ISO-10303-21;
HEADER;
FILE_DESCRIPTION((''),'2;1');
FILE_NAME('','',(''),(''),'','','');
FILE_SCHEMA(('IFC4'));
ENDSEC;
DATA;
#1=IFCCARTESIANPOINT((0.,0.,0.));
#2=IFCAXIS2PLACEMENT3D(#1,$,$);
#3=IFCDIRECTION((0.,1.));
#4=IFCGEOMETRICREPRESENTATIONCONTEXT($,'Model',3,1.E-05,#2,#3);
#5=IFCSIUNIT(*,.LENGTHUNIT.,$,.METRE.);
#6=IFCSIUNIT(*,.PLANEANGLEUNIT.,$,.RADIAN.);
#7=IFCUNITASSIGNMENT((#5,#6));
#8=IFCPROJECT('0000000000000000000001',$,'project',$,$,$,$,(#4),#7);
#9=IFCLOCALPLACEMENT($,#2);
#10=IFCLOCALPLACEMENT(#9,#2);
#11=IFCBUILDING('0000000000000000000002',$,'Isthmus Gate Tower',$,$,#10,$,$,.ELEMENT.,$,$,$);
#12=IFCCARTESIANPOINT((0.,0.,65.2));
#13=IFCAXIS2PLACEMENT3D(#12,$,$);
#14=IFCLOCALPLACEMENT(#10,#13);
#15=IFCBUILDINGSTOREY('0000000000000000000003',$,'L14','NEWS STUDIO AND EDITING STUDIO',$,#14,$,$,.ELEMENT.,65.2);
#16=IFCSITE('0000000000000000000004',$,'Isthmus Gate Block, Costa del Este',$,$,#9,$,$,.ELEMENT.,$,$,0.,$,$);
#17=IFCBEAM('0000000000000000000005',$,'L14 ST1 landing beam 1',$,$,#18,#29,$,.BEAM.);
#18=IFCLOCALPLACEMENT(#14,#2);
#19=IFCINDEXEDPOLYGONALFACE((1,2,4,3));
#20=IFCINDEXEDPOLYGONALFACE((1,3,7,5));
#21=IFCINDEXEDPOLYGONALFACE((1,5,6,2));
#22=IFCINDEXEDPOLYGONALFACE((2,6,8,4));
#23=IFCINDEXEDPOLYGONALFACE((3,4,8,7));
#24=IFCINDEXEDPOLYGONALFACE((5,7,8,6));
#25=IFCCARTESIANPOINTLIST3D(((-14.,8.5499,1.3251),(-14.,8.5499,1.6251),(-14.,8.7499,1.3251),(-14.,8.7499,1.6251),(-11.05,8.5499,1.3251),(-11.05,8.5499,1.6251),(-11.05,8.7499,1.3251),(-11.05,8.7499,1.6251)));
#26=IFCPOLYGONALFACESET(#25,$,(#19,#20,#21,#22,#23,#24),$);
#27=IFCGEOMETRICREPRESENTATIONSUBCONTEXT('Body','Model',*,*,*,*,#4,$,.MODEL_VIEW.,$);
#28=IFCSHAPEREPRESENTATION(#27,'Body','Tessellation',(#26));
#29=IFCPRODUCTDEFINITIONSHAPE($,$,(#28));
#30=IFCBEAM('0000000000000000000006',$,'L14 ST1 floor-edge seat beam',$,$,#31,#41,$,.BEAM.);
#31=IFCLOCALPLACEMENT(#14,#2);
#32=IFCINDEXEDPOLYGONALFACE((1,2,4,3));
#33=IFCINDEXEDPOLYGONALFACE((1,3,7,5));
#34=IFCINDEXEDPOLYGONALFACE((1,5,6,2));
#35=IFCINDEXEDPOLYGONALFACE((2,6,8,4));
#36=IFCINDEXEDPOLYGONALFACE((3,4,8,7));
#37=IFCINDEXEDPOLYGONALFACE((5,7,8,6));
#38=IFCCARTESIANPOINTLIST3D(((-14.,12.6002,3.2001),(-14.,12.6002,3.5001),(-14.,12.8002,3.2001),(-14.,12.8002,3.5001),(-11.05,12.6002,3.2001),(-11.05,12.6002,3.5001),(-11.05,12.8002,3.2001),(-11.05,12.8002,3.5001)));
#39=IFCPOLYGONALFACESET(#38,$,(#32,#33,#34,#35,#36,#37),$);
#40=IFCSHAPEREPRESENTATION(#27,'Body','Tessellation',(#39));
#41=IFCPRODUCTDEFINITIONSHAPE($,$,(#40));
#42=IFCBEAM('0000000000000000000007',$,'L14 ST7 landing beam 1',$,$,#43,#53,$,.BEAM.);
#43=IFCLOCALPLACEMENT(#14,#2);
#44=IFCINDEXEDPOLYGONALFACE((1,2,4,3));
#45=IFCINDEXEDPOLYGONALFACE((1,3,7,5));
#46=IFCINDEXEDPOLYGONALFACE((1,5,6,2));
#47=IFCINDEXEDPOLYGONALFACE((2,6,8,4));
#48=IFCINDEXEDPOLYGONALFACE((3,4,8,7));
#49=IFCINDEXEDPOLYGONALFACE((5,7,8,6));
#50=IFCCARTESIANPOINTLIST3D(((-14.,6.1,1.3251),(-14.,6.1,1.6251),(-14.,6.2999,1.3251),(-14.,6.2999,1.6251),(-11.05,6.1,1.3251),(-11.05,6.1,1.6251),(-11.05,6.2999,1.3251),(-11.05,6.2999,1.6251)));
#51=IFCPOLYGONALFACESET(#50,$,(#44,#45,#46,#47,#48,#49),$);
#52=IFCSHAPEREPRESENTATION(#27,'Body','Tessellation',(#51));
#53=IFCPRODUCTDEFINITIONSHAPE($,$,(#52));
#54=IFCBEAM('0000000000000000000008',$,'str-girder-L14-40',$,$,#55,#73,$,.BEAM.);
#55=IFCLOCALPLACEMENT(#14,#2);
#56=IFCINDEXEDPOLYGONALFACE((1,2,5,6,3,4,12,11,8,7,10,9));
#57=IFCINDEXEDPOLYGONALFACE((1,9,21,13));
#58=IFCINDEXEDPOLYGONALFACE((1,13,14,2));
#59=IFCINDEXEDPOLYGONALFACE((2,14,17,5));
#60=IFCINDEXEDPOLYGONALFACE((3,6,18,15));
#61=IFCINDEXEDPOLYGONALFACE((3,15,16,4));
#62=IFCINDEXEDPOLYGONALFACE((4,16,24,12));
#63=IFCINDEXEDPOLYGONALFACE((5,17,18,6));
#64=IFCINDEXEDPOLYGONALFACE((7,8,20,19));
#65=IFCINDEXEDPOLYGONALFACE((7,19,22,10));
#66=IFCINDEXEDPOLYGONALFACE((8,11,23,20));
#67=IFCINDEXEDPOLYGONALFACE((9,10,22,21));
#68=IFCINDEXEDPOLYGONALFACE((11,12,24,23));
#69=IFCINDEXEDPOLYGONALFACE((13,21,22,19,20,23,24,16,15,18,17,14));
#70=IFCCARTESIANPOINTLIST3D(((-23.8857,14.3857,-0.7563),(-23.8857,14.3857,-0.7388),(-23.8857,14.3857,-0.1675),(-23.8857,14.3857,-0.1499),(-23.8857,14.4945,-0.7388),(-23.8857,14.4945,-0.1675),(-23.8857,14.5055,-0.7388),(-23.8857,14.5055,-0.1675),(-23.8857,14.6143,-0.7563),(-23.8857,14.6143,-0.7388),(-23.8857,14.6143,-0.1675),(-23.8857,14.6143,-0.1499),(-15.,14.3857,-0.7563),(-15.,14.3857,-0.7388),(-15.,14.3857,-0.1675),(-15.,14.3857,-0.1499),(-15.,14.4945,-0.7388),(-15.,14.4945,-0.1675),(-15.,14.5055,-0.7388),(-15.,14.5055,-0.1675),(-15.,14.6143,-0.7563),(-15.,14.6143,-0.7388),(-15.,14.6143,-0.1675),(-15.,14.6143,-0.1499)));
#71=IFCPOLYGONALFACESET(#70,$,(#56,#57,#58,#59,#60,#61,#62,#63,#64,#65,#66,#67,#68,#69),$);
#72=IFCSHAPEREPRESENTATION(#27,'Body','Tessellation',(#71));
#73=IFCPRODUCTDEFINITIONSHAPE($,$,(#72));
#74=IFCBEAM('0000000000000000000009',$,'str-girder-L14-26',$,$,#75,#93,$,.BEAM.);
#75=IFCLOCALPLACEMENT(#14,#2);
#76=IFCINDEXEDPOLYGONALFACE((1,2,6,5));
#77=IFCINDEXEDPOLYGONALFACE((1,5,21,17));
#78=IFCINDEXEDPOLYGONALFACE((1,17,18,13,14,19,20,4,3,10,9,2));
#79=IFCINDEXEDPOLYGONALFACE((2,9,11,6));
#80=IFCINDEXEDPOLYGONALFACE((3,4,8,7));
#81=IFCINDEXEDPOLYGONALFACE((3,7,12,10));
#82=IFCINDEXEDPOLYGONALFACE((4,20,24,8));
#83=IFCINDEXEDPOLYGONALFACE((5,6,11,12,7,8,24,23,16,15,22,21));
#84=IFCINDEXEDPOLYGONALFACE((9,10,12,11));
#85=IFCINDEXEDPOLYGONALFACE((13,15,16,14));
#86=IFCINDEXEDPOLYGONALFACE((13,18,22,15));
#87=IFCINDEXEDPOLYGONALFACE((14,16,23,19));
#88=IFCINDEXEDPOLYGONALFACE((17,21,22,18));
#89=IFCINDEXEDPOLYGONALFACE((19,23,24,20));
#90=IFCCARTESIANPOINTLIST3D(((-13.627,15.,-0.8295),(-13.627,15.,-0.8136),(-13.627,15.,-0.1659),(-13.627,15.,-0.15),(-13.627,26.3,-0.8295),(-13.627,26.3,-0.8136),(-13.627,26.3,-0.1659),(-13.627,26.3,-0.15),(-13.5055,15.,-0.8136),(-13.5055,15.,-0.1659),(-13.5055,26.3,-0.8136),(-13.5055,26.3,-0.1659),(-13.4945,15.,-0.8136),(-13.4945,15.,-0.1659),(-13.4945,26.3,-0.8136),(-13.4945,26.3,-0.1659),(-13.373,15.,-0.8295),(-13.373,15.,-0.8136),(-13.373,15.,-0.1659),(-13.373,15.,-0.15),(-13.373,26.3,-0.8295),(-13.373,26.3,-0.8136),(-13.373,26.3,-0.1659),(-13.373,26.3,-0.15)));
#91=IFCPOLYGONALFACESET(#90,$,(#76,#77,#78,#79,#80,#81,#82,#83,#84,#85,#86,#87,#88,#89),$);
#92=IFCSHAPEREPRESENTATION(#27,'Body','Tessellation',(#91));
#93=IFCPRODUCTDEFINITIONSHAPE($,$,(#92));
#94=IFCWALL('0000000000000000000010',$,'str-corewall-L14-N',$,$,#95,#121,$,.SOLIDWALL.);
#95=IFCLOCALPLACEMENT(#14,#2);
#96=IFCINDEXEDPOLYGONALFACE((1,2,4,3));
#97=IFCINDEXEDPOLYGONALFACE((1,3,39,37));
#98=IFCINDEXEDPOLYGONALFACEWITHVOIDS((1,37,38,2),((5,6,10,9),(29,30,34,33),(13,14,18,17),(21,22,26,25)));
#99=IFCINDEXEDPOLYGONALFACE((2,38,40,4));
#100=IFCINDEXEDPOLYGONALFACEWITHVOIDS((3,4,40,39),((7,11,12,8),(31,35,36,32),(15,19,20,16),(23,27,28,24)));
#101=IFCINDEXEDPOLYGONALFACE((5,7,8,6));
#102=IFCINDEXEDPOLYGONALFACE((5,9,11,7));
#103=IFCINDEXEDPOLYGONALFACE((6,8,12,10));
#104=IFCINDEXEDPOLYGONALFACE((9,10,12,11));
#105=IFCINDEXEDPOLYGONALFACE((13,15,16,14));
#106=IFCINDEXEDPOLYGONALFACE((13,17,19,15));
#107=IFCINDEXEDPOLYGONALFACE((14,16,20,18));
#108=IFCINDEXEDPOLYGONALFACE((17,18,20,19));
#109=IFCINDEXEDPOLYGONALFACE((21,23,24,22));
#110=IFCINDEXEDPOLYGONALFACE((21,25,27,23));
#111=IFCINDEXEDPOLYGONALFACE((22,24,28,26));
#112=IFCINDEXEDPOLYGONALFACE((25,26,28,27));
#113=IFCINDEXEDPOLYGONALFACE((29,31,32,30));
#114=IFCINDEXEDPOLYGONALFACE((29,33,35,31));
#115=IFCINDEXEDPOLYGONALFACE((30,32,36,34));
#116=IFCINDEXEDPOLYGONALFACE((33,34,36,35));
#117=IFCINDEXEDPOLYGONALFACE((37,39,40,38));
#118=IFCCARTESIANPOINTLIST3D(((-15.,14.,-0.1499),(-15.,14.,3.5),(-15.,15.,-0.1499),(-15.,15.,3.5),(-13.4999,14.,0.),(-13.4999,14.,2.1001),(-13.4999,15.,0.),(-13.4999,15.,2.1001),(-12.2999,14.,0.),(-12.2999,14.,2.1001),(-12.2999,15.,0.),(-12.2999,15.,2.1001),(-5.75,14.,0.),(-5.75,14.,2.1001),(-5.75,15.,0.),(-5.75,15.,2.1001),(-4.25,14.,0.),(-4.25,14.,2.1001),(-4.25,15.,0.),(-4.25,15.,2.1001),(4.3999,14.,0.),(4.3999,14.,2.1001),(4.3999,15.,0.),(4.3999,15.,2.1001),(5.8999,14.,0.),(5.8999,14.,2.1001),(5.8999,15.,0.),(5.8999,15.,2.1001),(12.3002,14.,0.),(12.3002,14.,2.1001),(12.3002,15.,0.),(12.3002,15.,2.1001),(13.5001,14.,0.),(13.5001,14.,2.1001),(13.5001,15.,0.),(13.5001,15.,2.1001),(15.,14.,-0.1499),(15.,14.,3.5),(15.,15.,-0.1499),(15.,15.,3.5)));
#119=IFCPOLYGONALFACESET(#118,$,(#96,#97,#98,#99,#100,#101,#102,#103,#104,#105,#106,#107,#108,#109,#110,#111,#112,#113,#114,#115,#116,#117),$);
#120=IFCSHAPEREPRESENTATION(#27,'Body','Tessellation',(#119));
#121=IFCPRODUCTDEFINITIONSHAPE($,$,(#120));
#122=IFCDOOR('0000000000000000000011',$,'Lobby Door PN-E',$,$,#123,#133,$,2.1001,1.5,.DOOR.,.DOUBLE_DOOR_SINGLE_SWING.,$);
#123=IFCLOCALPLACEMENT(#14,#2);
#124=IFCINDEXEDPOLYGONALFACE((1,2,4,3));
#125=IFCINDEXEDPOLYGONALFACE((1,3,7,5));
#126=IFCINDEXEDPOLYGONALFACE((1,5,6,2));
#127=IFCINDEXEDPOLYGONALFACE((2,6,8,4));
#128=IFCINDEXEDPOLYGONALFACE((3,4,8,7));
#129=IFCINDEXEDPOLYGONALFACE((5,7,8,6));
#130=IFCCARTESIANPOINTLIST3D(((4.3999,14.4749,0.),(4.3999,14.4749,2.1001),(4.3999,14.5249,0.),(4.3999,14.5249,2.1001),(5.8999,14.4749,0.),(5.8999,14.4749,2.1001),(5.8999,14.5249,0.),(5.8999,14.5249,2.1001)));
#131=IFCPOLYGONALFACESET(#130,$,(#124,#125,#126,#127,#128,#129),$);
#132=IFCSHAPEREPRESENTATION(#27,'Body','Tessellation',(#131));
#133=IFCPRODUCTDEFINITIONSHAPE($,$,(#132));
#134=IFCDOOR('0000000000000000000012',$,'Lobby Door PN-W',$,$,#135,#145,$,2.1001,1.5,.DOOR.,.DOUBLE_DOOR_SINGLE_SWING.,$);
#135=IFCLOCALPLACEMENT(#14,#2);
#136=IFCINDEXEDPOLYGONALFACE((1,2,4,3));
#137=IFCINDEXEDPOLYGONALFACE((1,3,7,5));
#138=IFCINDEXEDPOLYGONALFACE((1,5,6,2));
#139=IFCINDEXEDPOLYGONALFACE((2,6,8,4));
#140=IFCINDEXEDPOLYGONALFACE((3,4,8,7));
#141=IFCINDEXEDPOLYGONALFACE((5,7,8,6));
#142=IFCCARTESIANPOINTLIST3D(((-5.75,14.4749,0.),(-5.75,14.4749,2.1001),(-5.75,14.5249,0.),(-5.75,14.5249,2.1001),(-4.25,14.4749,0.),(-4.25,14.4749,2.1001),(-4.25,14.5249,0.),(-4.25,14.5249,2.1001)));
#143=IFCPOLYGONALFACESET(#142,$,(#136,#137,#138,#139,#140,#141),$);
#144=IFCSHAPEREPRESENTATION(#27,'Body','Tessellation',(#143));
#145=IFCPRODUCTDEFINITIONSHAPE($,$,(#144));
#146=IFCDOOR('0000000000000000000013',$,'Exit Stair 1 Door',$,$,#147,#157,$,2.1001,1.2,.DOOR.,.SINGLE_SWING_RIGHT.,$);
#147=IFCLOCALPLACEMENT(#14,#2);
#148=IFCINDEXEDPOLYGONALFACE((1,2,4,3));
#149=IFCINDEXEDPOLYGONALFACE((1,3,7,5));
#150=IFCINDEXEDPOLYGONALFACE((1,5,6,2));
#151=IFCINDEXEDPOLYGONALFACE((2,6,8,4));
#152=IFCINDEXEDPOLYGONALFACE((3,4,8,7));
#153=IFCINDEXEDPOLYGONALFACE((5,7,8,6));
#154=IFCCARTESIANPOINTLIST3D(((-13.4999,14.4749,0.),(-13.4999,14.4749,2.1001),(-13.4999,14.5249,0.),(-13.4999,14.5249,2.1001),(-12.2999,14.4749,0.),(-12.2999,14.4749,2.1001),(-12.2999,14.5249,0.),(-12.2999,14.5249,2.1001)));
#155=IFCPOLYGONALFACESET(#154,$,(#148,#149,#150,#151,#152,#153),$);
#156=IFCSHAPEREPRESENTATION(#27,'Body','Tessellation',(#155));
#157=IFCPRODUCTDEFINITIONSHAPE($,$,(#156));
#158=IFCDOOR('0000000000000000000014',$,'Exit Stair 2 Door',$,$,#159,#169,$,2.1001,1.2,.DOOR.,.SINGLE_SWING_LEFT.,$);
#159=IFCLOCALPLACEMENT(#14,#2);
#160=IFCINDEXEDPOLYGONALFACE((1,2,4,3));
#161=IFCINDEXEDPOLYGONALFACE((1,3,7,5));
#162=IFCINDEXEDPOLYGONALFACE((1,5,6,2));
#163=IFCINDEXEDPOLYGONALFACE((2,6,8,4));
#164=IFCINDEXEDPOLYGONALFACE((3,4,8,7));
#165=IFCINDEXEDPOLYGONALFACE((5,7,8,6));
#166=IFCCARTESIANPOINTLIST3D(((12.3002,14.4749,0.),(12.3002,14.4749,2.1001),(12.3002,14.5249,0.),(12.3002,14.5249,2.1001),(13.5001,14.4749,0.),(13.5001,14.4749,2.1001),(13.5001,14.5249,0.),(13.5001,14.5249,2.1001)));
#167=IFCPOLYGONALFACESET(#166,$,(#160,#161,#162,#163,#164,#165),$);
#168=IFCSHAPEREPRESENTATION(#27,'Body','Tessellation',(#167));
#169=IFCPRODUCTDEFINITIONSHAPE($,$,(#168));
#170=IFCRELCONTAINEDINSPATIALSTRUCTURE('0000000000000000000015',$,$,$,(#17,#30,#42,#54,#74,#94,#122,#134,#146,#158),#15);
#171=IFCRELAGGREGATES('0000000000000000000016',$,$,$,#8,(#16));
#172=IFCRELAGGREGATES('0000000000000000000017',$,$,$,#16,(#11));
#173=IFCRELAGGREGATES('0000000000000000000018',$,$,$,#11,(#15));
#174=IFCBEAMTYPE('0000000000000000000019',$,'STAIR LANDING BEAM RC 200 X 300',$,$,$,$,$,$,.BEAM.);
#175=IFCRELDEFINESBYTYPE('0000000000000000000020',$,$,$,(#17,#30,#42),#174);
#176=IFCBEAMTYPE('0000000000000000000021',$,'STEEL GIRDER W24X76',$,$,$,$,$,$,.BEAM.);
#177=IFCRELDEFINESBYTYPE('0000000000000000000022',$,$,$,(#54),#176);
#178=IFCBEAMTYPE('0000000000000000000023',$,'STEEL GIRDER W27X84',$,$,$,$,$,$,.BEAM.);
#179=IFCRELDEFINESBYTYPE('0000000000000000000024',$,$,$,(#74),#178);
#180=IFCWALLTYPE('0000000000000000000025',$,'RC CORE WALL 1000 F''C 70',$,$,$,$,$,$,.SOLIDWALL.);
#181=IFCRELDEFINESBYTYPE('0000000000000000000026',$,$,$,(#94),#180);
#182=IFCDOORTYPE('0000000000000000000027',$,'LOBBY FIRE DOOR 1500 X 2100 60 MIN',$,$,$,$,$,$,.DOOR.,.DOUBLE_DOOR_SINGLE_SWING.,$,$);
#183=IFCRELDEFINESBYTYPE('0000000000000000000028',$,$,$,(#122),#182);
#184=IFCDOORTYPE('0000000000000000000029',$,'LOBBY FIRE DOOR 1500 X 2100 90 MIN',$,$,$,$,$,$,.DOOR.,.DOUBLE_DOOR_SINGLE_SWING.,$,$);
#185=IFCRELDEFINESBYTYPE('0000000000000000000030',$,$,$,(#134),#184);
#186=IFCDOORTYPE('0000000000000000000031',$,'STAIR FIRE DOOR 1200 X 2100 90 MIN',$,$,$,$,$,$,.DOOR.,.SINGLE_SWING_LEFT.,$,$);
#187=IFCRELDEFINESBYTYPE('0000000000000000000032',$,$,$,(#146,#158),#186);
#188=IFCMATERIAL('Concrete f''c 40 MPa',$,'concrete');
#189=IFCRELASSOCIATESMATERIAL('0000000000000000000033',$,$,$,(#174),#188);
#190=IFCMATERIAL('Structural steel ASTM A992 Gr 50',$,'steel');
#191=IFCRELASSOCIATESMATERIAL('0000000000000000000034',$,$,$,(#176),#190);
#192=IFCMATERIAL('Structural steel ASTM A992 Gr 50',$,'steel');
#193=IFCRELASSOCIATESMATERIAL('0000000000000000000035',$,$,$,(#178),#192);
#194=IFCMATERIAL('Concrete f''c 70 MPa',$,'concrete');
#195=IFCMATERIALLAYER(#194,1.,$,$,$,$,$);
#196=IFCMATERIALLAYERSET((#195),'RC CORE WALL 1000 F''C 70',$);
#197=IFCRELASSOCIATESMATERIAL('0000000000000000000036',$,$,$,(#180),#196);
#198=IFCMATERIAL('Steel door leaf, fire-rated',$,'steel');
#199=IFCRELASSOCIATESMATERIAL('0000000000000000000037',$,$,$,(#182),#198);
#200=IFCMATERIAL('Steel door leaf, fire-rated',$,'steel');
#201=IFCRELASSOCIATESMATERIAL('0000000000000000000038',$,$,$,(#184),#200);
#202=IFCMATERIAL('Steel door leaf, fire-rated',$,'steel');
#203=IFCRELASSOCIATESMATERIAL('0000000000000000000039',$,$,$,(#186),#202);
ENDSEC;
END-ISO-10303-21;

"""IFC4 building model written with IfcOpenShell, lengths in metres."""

from ifc_helpers import new_model, si_unit, direction, frame, frame_2d, origin, origin_2d, place, context, subcontext, project, spatial, rectangle, i_section, extrude, material, layer, layer_set, material_profile, profile_set, type_object, element, fill, save


model = new_model("IFC4")

# Units and contexts
model_context = context("Model", 3, precision=1e-05, world=origin(), true_north=direction((0.0, 1.0)))
body_context = subcontext(model_context, "Body", "Model", "MODEL_VIEW")
ifc_project = project(units=[si_unit("LENGTHUNIT", "METRE"), si_unit("PLANEANGLEUNIT", "RADIAN")], contexts=[model_context])

# Site, building, storey
site_placement = place(None, origin())
site = spatial("IfcSite", under=ifc_project, at=site_placement, Name="Isthmus Gate Block, Costa del Este", CompositionType="ELEMENT", RefElevation=0.0)
building_placement = place(site_placement, origin())
building = spatial("IfcBuilding", under=site, at=building_placement, Name="Isthmus Gate Tower", CompositionType="ELEMENT")
storey_placement = place(building_placement, frame((0.0, 0.0, 65.2)))
storey = spatial("IfcBuildingStorey", under=building, at=storey_placement, Name="L14", Description="NEWS STUDIO AND EDITING STUDIO", CompositionType="ELEMENT", Elevation=65.2)

# Beams
ifc_material_1 = material(Name="Concrete f'c 40 MPa", Category="concrete")
ifc_material_profile_1 = material_profile(ifc_material_1, rectangle(XDim=0.2, YDim=0.3, at=origin_2d()), Name="STAIR LANDING BEAM RC 200 X 300")
ifc_profile_set_1 = profile_set([ifc_material_profile_1], Name="Concrete f'c 40 MPa")
beam_type_1 = type_object("IfcBeamType", Name="STAIR LANDING BEAM RC 200 X 300", PredefinedType="BEAM", material=ifc_profile_set_1)
for number, where, z_axis, x_axis, name in (
    (1, (-14.0, 8.6499, 1.4751), (1.0, 0.0, 0.0), (0.0, 1.0, 0.0), "L14 ST1 landing beam 1"),
    (2, (-14.0, 12.7002, 3.3501), (1.0, 0.0, 0.0), (0.0, 1.0, 0.0), "L14 ST1 floor-edge seat beam"),
    (3, (-14.0, 6.2, 1.4751), (1.0, 0.0, 0.0), (0.0, 1.0, 0.0), "L14 ST7 landing beam 1"),
):
    element("IfcBeam", number, at=place(storey_placement, frame(where, z_axis=z_axis, x_axis=x_axis)), inside=storey, type_object=beam_type_1, Name=name, PredefinedType="BEAM", context=body_context, shape_type="SweptSolid", body=[
        extrude(rectangle(XDim=0.2, YDim=0.3, at=origin_2d()), origin(), (0.0, 0.0, 1.0), 2.95),
    ])
ifc_material_2 = material(Name="Structural steel ASTM A992 Gr 50", Category="steel")
ifc_material_profile_2 = material_profile(ifc_material_2, i_section(OverallWidth=0.2285, OverallDepth=0.6064, WebThickness=0.011, FlangeThickness=0.0176, at=origin_2d()), Name="W24X76")
ifc_profile_set_2 = profile_set([ifc_material_profile_2], Name="Structural steel ASTM A992 Gr 50")
beam_type_2 = type_object("IfcBeamType", Name="STEEL GIRDER W24X76", PredefinedType="BEAM", material=ifc_profile_set_2)
beam_1_placement = place(storey_placement, frame((-15.0, 14.5, -0.4531), z_axis=(-1.0, 0.0, 0.0), x_axis=(0.0, -1.0, 0.0)))
element("IfcBeam", 4, at=beam_1_placement, inside=storey, type_object=beam_type_2, Name="str-girder-L14-40", PredefinedType="BEAM", context=body_context, shape_type="SweptSolid", body=[
    extrude(i_section(OverallWidth=0.2285, OverallDepth=0.6064, WebThickness=0.011, FlangeThickness=0.0176, at=origin_2d()), origin(), (0.0, 0.0, 1.0), 8.8857),
])
ifc_material_3 = material(Name="Structural steel ASTM A992 Gr 50", Category="steel")
ifc_material_profile_3 = material_profile(ifc_material_3, i_section(OverallWidth=0.2539, OverallDepth=0.6794, WebThickness=0.011, FlangeThickness=0.0159, at=origin_2d()), Name="W27X84")
ifc_profile_set_3 = profile_set([ifc_material_profile_3], Name="Structural steel ASTM A992 Gr 50")
beam_type_3 = type_object("IfcBeamType", Name="STEEL GIRDER W27X84", PredefinedType="BEAM", material=ifc_profile_set_3)
beam_2_placement = place(storey_placement, frame((-13.5, 15.0, -0.4897), z_axis=(0.0, 1.0, 0.0), x_axis=(-1.0, 0.0, 0.0)))
element("IfcBeam", 5, at=beam_2_placement, inside=storey, type_object=beam_type_3, Name="str-girder-L14-26", PredefinedType="BEAM", context=body_context, shape_type="SweptSolid", body=[
    extrude(i_section(OverallWidth=0.2539, OverallDepth=0.6794, WebThickness=0.011, FlangeThickness=0.0159, at=origin_2d()), origin(), (0.0, 0.0, 1.0), 11.3),
])

# Wall, openings, doors
ifc_material_4 = material(Name="Concrete f'c 70 MPa", Category="concrete")
ifc_layer_1 = layer(ifc_material_4, 1.0)
ifc_layer_set_1 = layer_set([ifc_layer_1], Name="RC CORE WALL 1000 F'C 70")
wall_type_1 = type_object("IfcWallType", Name="RC CORE WALL 1000 F'C 70", PredefinedType="SOLIDWALL", material=ifc_layer_set_1)
wall_1_placement = place(storey_placement, frame((-15.0, 14.5, -0.1499), z_axis=(0.0, 0.0, 1.0), x_axis=(1.0, 0.0, 0.0)))
wall_1 = element("IfcWall", 6, at=wall_1_placement, inside=storey, type_object=wall_type_1, Name="str-corewall-L14-N", PredefinedType="SOLIDWALL", context=body_context, shape_type="SweptSolid", body=[
    extrude(rectangle(XDim=30.0, YDim=1.0, at=frame_2d((15.0, 0.0))), origin(), (0.0, 0.0, 1.0), 3.6499),
])
opening_1_placement = place(wall_1_placement, frame((9.25, 0.0, 0.1499)))
opening_1 = element("IfcOpeningElement", 7, at=opening_1_placement, cuts=wall_1, PredefinedType="OPENING", context=body_context, shape_type="SweptSolid", body=[
    extrude(rectangle(XDim=1.5, YDim=2.1001, at=frame_2d((0.75, 1.05))), frame((0.0, 0.51, 0.0), z_axis=(0.0, -1.0, 0.0), x_axis=(1.0, 0.0, 0.0)), (0.0, 0.0, 1.0), 1.02),
])
opening_2_placement = place(wall_1_placement, frame((19.3999, 0.0, 0.1499)))
opening_2 = element("IfcOpeningElement", 8, at=opening_2_placement, cuts=wall_1, PredefinedType="OPENING", context=body_context, shape_type="SweptSolid", body=[
    extrude(rectangle(XDim=1.5, YDim=2.1001, at=frame_2d((0.75, 1.05))), frame((0.0, 0.51, 0.0), z_axis=(0.0, -1.0, 0.0), x_axis=(1.0, 0.0, 0.0)), (0.0, 0.0, 1.0), 1.02),
])
opening_3_placement = place(wall_1_placement, frame((1.5, 0.0, 0.1499)))
opening_3 = element("IfcOpeningElement", 9, at=opening_3_placement, cuts=wall_1, PredefinedType="OPENING", context=body_context, shape_type="SweptSolid", body=[
    extrude(rectangle(XDim=1.2, YDim=2.1001, at=frame_2d((0.6001, 1.05))), frame((0.0, 0.51, 0.0), z_axis=(0.0, -1.0, 0.0), x_axis=(1.0, 0.0, 0.0)), (0.0, 0.0, 1.0), 1.02),
])
opening_4_placement = place(wall_1_placement, frame((27.3, 0.0, 0.1499)))
opening_4 = element("IfcOpeningElement", 10, at=opening_4_placement, cuts=wall_1, PredefinedType="OPENING", context=body_context, shape_type="SweptSolid", body=[
    extrude(rectangle(XDim=1.2, YDim=2.1001, at=frame_2d((0.6001, 1.05))), frame((0.0, 0.51, 0.0), z_axis=(0.0, -1.0, 0.0), x_axis=(1.0, 0.0, 0.0)), (0.0, 0.0, 1.0), 1.02),
])
ifc_material_5 = material(Name="Steel door leaf, fire-rated", Category="steel")
door_type_1 = type_object("IfcDoorType", Name="LOBBY FIRE DOOR 1500 X 2100 60 MIN", OperationType="DOUBLE_DOOR_SINGLE_SWING", PredefinedType="DOOR", material=ifc_material_5)
door_1_placement = place(opening_2_placement, origin())
door_1 = element("IfcDoor", 11, at=door_1_placement, inside=storey, type_object=door_type_1, Name="Lobby Door PN-E", OperationType="DOUBLE_DOOR_SINGLE_SWING", OverallHeight=2.1001, OverallWidth=1.5, PredefinedType="DOOR", context=body_context, shape_type="SweptSolid", body=[
    extrude(rectangle(XDim=1.5, YDim=2.1001, at=frame_2d((0.75, 1.05))), frame((0.0, 0.0249, 0.0), z_axis=(0.0, -1.0, 0.0), x_axis=(1.0, 0.0, 0.0)), (0.0, 0.0, 1.0), 0.05),
])
fill(opening_2, door_1)
ifc_material_6 = material(Name="Steel door leaf, fire-rated", Category="steel")
door_type_2 = type_object("IfcDoorType", Name="LOBBY FIRE DOOR 1500 X 2100 90 MIN", OperationType="DOUBLE_DOOR_SINGLE_SWING", PredefinedType="DOOR", material=ifc_material_6)
door_2_placement = place(opening_1_placement, origin())
door_2 = element("IfcDoor", 12, at=door_2_placement, inside=storey, type_object=door_type_2, Name="Lobby Door PN-W", OperationType="DOUBLE_DOOR_SINGLE_SWING", OverallHeight=2.1001, OverallWidth=1.5, PredefinedType="DOOR", context=body_context, shape_type="SweptSolid", body=[
    extrude(rectangle(XDim=1.5, YDim=2.1001, at=frame_2d((0.75, 1.05))), frame((0.0, 0.0249, 0.0), z_axis=(0.0, -1.0, 0.0), x_axis=(1.0, 0.0, 0.0)), (0.0, 0.0, 1.0), 0.05),
])
fill(opening_1, door_2)
ifc_material_7 = material(Name="Steel door leaf, fire-rated", Category="steel")
door_type_3 = type_object("IfcDoorType", Name="STAIR FIRE DOOR 1200 X 2100 90 MIN", OperationType="SINGLE_SWING_LEFT", PredefinedType="DOOR", material=ifc_material_7)
door_3_placement = place(opening_3_placement, origin())
door_3 = element("IfcDoor", 13, at=door_3_placement, inside=storey, type_object=door_type_3, Name="Exit Stair 1 Door", OperationType="SINGLE_SWING_RIGHT", OverallHeight=2.1001, OverallWidth=1.2, PredefinedType="DOOR", context=body_context, shape_type="SweptSolid", body=[
    extrude(rectangle(XDim=1.2, YDim=2.1001, at=frame_2d((0.6001, 1.05))), frame((0.0, 0.0249, 0.0), z_axis=(0.0, -1.0, 0.0), x_axis=(1.0, 0.0, 0.0)), (0.0, 0.0, 1.0), 0.05),
])
fill(opening_3, door_3)
door_4_placement = place(opening_4_placement, origin())
door_4 = element("IfcDoor", 14, at=door_4_placement, inside=storey, type_object=door_type_3, Name="Exit Stair 2 Door", OperationType="SINGLE_SWING_LEFT", OverallHeight=2.1001, OverallWidth=1.2, PredefinedType="DOOR", context=body_context, shape_type="SweptSolid", body=[
    extrude(rectangle(XDim=1.2, YDim=2.1001, at=frame_2d((0.6001, 1.05))), frame((0.0, 0.0249, 0.0), z_axis=(0.0, -1.0, 0.0), x_axis=(1.0, 0.0, 0.0)), (0.0, 0.0, 1.0), 0.05),
])
fill(opening_4, door_4)

save(model, "model.ifc")
